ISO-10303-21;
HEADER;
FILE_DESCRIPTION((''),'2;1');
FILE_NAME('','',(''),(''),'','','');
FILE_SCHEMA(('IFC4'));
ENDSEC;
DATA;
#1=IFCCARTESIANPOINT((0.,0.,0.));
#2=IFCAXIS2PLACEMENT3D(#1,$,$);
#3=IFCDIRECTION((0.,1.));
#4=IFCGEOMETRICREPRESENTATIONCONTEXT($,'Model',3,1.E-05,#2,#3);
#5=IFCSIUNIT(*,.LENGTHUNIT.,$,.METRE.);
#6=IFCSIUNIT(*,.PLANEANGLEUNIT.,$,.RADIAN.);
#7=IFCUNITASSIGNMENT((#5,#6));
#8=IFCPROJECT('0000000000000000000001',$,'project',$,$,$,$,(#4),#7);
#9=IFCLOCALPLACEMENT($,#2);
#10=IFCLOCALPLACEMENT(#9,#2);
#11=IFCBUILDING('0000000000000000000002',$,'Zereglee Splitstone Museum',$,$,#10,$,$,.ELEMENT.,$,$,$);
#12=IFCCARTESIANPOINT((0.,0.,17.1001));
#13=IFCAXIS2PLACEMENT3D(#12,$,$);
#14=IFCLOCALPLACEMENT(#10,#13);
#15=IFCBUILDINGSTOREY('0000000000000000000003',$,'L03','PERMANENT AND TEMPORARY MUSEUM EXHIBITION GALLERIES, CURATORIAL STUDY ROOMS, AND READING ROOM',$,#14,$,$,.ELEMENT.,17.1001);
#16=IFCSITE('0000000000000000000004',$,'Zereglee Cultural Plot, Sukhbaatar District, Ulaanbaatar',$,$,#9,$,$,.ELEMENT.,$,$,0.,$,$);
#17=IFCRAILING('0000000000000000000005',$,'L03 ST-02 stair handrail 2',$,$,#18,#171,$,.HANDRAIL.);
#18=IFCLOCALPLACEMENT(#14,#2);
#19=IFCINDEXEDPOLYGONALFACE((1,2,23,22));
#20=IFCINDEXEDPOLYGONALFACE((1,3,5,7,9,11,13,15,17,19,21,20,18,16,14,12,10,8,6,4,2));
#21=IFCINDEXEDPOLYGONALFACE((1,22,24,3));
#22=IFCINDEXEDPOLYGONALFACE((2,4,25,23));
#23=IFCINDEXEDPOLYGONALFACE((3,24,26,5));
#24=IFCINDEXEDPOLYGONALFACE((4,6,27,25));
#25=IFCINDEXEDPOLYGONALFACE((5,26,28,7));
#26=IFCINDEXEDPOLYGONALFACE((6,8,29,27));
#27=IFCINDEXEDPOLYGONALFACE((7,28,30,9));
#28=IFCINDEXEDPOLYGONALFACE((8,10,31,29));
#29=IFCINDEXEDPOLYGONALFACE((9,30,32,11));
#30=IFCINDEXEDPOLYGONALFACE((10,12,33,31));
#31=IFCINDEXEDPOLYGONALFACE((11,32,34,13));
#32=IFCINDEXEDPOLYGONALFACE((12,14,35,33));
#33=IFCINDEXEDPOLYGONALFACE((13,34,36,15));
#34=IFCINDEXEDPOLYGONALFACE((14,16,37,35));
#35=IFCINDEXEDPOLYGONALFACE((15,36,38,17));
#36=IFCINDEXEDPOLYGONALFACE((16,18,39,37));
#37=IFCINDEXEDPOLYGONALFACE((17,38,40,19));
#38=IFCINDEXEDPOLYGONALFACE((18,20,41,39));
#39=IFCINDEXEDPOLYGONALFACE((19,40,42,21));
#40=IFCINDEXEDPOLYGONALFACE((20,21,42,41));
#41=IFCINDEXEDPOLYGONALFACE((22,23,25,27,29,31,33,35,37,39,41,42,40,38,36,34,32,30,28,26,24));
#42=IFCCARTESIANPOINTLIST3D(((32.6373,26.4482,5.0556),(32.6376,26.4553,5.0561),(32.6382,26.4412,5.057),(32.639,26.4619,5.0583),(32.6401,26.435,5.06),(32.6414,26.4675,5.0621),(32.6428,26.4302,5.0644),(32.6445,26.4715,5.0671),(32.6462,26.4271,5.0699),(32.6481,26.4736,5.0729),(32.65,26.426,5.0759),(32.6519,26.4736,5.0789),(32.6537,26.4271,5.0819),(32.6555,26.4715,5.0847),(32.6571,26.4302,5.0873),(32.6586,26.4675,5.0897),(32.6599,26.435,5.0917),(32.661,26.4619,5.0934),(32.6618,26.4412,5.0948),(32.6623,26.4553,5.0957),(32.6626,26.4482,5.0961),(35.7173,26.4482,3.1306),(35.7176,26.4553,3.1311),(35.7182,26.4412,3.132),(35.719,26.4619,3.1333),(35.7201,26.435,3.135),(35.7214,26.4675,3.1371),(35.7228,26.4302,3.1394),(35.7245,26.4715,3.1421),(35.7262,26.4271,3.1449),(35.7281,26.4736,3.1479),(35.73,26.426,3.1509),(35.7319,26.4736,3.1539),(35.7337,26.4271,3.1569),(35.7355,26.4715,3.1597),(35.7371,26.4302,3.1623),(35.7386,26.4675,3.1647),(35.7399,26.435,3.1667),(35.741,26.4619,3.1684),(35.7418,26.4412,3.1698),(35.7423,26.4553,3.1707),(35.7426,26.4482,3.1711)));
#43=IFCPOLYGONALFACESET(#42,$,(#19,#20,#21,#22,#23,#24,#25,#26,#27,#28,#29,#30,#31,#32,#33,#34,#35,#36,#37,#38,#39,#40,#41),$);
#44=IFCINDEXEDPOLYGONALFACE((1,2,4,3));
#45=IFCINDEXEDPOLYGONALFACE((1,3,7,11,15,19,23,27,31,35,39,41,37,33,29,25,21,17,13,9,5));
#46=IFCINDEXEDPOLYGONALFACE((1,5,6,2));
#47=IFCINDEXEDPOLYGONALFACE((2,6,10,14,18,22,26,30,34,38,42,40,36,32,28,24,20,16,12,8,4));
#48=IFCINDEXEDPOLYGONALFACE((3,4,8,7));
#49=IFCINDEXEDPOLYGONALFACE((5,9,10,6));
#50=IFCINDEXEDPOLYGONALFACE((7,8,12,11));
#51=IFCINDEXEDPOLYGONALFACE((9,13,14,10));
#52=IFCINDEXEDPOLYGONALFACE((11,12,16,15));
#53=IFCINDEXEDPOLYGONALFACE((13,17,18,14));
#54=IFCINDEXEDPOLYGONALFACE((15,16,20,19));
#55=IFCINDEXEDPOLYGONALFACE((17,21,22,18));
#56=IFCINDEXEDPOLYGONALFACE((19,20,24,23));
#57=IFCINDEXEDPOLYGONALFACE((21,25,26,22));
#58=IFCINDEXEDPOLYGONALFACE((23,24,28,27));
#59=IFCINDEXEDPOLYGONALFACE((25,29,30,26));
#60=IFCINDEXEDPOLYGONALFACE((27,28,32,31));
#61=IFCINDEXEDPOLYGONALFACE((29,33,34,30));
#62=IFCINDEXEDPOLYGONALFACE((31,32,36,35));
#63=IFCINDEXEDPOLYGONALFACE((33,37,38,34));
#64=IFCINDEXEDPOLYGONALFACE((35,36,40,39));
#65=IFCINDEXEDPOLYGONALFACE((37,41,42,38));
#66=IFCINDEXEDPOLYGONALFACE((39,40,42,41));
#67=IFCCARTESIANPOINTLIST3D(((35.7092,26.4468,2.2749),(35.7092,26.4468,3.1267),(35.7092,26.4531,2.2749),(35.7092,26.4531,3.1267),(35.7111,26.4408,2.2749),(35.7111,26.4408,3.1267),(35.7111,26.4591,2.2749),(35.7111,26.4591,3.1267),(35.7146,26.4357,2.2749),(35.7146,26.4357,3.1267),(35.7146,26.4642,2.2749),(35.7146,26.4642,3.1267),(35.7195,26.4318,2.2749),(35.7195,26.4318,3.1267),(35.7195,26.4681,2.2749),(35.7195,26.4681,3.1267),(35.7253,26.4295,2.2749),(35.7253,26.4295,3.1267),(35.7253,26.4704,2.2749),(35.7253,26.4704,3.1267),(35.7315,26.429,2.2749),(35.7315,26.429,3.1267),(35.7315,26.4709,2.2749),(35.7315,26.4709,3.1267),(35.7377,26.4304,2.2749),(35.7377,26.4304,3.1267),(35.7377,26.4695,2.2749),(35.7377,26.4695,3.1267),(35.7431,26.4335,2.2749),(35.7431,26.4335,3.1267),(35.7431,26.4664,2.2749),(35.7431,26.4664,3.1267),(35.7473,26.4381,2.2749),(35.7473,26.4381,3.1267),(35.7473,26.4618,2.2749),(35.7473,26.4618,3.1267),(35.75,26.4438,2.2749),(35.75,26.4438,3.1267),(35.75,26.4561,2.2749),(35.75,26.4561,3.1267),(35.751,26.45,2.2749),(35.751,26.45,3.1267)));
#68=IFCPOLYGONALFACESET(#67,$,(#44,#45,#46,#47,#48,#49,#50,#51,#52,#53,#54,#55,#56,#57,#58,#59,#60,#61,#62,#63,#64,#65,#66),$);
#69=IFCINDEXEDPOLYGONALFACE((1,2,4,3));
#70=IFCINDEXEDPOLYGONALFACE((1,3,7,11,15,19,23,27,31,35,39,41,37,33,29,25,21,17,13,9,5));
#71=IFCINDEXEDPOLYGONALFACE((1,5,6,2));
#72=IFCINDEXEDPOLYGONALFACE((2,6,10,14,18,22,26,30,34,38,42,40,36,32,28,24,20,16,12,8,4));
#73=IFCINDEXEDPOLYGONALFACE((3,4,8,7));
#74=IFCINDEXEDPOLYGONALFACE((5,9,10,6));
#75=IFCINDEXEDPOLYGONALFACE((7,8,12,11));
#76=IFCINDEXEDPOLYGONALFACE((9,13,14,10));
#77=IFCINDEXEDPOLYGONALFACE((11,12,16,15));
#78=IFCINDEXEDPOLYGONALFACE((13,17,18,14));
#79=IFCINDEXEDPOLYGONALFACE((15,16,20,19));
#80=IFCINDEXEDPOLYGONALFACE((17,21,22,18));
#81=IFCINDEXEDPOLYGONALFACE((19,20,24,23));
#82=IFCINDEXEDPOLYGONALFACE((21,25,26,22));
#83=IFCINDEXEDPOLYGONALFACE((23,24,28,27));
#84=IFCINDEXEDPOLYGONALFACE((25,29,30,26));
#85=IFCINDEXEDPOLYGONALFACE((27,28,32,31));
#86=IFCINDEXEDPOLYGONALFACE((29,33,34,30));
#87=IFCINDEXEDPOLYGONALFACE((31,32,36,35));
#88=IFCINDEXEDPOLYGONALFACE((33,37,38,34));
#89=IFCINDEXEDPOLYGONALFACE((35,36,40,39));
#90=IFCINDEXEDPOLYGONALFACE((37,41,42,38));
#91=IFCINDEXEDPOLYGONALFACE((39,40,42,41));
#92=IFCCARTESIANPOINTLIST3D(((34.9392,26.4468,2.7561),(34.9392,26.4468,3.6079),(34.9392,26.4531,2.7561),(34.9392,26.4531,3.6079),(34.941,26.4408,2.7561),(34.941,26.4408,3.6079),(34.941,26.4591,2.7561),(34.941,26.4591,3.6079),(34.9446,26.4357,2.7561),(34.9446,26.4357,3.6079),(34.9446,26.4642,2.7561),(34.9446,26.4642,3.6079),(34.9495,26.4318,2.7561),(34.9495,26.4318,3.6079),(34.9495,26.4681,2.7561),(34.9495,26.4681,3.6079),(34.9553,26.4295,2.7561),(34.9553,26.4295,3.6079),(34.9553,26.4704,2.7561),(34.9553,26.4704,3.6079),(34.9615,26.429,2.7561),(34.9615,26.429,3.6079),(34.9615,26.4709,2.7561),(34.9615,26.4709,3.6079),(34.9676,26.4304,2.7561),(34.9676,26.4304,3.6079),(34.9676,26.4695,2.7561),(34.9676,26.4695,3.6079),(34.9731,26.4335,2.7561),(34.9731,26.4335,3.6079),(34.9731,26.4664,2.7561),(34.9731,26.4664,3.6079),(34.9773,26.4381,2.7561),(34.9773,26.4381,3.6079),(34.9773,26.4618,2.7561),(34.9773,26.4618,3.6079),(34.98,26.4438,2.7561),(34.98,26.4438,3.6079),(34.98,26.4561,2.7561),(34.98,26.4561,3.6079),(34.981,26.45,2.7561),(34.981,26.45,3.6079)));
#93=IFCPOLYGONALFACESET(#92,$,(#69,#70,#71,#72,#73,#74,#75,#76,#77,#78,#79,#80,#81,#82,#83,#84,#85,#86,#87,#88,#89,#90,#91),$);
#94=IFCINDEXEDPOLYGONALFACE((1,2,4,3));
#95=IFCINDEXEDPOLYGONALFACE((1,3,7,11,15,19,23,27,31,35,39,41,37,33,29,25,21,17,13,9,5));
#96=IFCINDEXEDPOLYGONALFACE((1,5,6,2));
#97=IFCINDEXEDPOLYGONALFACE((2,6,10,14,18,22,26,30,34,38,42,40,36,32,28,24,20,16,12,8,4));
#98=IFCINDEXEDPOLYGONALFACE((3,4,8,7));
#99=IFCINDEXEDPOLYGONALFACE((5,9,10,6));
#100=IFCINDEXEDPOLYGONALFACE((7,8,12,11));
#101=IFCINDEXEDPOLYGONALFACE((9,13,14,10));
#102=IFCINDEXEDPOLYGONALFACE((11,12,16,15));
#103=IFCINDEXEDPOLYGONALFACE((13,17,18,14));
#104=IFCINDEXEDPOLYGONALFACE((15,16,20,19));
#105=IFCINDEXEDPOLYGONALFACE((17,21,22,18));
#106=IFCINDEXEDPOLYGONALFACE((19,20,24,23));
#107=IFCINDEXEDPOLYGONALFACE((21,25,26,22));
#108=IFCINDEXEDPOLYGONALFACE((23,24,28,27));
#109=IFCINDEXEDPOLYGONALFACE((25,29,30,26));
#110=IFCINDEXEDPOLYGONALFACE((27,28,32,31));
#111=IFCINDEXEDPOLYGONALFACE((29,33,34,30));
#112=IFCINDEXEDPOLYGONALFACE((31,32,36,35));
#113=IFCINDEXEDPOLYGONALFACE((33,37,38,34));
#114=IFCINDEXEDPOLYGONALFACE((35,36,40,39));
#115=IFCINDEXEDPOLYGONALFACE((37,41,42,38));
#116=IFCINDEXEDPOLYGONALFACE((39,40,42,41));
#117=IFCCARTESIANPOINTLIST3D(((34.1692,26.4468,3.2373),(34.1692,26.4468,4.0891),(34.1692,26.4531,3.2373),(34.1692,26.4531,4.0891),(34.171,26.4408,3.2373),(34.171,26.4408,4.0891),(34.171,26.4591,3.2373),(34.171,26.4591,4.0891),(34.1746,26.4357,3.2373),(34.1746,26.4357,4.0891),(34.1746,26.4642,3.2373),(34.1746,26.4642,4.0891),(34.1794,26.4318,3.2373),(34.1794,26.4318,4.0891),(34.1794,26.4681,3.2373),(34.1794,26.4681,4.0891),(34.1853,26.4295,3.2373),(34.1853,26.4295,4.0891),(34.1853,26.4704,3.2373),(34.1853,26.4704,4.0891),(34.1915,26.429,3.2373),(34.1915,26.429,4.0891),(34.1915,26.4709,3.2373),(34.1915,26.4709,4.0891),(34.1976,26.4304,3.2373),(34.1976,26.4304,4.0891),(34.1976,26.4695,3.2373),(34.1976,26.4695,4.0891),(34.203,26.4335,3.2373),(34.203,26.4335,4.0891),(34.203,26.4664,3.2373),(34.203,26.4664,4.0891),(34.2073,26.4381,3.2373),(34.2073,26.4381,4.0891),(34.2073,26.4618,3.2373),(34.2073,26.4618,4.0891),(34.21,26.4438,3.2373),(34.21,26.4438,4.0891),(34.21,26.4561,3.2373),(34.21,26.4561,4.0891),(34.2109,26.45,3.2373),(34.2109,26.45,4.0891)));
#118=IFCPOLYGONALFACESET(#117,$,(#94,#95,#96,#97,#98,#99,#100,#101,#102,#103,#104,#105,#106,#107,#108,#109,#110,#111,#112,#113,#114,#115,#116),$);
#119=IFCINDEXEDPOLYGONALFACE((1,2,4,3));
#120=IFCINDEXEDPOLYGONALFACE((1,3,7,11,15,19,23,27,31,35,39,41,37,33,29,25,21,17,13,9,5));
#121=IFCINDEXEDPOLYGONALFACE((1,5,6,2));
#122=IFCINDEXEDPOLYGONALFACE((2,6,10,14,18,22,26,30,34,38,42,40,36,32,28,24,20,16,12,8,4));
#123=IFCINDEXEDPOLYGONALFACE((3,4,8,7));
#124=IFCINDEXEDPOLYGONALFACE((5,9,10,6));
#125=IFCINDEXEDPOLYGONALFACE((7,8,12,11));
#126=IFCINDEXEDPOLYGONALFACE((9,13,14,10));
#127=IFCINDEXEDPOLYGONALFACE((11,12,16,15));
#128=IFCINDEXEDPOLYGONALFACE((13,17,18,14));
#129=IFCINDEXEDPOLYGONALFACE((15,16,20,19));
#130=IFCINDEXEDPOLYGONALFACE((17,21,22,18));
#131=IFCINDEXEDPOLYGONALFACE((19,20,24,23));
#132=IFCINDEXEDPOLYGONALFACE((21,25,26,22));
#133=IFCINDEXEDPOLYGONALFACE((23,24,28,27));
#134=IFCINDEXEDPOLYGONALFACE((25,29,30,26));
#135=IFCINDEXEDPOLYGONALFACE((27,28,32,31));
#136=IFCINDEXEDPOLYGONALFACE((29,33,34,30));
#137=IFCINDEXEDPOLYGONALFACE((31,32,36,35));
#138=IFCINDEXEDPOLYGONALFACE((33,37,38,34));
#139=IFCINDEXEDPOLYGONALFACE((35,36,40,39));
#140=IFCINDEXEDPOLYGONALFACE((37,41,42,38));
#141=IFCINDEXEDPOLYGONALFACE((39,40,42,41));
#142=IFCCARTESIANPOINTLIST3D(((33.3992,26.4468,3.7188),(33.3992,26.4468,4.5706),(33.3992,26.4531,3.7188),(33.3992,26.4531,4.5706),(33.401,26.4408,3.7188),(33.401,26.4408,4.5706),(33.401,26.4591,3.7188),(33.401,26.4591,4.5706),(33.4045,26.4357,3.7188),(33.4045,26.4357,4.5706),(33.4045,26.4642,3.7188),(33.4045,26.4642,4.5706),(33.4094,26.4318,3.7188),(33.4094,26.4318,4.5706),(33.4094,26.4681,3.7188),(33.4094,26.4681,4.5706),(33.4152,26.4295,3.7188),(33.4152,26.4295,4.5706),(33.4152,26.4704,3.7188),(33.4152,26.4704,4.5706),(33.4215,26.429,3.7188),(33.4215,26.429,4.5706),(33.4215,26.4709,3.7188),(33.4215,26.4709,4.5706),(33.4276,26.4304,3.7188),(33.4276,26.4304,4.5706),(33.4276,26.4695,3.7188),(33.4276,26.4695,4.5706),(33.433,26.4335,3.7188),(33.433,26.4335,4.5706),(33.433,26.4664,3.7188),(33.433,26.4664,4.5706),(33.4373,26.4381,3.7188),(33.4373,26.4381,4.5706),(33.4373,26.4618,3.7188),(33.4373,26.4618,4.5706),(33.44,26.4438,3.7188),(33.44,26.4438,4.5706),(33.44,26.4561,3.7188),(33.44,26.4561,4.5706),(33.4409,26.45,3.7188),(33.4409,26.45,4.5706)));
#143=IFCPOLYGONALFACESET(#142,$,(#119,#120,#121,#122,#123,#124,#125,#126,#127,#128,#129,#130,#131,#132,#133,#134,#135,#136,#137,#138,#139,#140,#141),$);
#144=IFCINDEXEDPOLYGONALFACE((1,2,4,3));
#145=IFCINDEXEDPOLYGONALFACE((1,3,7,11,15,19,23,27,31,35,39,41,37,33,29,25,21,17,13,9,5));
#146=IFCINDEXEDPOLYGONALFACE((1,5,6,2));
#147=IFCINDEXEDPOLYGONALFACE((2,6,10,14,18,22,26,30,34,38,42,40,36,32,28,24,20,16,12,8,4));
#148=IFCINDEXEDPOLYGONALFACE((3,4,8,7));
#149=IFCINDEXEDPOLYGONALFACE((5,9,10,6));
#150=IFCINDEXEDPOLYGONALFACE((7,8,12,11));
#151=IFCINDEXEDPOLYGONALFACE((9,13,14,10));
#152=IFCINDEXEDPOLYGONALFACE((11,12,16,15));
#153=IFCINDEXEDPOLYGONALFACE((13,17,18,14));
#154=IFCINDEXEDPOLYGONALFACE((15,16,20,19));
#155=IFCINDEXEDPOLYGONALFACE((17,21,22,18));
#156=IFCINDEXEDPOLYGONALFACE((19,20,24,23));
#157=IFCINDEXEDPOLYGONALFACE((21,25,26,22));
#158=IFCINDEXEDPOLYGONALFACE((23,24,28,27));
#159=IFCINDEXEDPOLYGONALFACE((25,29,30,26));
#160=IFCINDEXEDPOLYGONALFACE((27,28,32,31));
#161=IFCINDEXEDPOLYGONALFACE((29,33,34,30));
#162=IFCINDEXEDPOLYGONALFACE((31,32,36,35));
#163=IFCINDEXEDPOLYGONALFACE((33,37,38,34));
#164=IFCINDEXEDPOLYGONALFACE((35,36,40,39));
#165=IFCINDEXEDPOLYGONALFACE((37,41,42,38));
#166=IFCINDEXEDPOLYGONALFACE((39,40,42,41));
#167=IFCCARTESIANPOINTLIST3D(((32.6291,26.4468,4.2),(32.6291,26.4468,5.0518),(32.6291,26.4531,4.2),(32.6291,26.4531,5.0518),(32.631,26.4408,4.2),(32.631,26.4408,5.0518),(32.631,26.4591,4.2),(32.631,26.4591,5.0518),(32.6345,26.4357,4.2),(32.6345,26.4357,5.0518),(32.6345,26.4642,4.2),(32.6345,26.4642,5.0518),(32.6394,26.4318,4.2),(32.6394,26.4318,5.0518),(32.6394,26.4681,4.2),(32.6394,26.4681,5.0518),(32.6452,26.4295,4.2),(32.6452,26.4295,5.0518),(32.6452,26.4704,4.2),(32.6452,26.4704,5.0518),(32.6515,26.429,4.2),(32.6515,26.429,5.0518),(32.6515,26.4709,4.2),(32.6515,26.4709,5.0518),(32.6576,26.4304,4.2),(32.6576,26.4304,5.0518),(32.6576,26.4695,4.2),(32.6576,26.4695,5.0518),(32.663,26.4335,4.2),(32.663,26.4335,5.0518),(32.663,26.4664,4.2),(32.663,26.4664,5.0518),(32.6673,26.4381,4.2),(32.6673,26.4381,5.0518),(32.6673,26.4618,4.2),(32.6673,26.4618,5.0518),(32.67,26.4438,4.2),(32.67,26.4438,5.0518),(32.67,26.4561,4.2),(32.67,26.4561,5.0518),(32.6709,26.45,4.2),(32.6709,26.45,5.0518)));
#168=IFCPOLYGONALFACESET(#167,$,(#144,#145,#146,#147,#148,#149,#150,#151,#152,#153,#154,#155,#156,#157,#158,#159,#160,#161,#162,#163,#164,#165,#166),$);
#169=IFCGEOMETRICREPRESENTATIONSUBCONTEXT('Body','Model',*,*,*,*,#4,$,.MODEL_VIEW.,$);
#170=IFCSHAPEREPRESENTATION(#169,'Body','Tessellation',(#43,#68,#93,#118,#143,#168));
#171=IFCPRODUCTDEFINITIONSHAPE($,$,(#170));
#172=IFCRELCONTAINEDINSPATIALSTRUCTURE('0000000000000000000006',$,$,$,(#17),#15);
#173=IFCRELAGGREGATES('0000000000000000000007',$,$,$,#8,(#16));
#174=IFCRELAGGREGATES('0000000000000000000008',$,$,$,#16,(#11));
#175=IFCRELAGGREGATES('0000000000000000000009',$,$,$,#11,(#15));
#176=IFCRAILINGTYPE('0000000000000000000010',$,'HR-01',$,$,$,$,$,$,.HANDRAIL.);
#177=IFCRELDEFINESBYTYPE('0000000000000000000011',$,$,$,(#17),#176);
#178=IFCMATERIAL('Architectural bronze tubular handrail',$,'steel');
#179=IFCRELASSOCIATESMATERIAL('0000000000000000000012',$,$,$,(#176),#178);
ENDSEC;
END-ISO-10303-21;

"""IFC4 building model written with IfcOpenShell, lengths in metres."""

from ifc_helpers import new_model, si_unit, direction, frame, origin, origin_2d, place, context, subcontext, project, spatial, circle, extrude, material, type_object, element, save


model = new_model("IFC4")

# Units and contexts
model_context = context("Model", 3, precision=1e-05, world=origin(), true_north=direction((0.0, 1.0)))
body_context = subcontext(model_context, "Body", "Model", "MODEL_VIEW")
ifc_project = project(units=[si_unit("LENGTHUNIT", "METRE"), si_unit("PLANEANGLEUNIT", "RADIAN")], contexts=[model_context])

# Site, building, storey
site_placement = place(None, origin())
site = spatial("IfcSite", under=ifc_project, at=site_placement, Name="Zereglee Cultural Plot, Sukhbaatar District, Ulaanbaatar", CompositionType="ELEMENT", RefElevation=0.0)
building_placement = place(site_placement, origin())
building = spatial("IfcBuilding", under=site, at=building_placement, Name="Zereglee Splitstone Museum", CompositionType="ELEMENT")
storey_placement = place(building_placement, frame((0.0, 0.0, 17.1001)))
storey = spatial("IfcBuildingStorey", under=building, at=storey_placement, Name="L03", Description="PERMANENT AND TEMPORARY MUSEUM EXHIBITION GALLERIES, CURATORIAL STUDY ROOMS, AND READING ROOM", CompositionType="ELEMENT", Elevation=17.1001)

# Railing
ifc_material_1 = material(Name="Architectural bronze tubular handrail", Category="steel")
railing_type_1 = type_object("IfcRailingType", Name="HR-01", PredefinedType="HANDRAIL", material=ifc_material_1)
railing_1_placement = place(storey_placement, frame((35.73, 26.45, 2.2749)))
element("IfcRailing", 1, at=railing_1_placement, inside=storey, type_object=railing_type_1, Name="L03 ST-02 stair handrail 2", PredefinedType="HANDRAIL", context=body_context, shape_type="SweptSolid", body=[
    extrude(circle(Radius=0.0239, at=origin_2d()), frame((0.0, 0.0, 0.876), z_axis=(-0.847998, 0.0, 0.529999), x_axis=(0.0, -1.0, 0.0)), (0.0, 0.0, 1.0), 3.6321),
    extrude(circle(Radius=0.021, at=origin_2d()), origin(), (0.0, 0.0, 1.0), 0.8518),
    extrude(circle(Radius=0.021, at=origin_2d()), frame((-0.77, 0.0, 0.4812)), (0.0, 0.0, 1.0), 0.8518),
    extrude(circle(Radius=0.021, at=origin_2d()), frame((-1.54, 0.0, 0.9624)), (0.0, 0.0, 1.0), 0.8518),
    extrude(circle(Radius=0.021, at=origin_2d()), frame((-2.3101, 0.0, 1.4438)), (0.0, 0.0, 1.0), 0.8518),
    extrude(circle(Radius=0.021, at=origin_2d()), frame((-3.0801, 0.0, 1.925)), (0.0, 0.0, 1.0), 0.8518),
])

save(model, "model.ifc")
